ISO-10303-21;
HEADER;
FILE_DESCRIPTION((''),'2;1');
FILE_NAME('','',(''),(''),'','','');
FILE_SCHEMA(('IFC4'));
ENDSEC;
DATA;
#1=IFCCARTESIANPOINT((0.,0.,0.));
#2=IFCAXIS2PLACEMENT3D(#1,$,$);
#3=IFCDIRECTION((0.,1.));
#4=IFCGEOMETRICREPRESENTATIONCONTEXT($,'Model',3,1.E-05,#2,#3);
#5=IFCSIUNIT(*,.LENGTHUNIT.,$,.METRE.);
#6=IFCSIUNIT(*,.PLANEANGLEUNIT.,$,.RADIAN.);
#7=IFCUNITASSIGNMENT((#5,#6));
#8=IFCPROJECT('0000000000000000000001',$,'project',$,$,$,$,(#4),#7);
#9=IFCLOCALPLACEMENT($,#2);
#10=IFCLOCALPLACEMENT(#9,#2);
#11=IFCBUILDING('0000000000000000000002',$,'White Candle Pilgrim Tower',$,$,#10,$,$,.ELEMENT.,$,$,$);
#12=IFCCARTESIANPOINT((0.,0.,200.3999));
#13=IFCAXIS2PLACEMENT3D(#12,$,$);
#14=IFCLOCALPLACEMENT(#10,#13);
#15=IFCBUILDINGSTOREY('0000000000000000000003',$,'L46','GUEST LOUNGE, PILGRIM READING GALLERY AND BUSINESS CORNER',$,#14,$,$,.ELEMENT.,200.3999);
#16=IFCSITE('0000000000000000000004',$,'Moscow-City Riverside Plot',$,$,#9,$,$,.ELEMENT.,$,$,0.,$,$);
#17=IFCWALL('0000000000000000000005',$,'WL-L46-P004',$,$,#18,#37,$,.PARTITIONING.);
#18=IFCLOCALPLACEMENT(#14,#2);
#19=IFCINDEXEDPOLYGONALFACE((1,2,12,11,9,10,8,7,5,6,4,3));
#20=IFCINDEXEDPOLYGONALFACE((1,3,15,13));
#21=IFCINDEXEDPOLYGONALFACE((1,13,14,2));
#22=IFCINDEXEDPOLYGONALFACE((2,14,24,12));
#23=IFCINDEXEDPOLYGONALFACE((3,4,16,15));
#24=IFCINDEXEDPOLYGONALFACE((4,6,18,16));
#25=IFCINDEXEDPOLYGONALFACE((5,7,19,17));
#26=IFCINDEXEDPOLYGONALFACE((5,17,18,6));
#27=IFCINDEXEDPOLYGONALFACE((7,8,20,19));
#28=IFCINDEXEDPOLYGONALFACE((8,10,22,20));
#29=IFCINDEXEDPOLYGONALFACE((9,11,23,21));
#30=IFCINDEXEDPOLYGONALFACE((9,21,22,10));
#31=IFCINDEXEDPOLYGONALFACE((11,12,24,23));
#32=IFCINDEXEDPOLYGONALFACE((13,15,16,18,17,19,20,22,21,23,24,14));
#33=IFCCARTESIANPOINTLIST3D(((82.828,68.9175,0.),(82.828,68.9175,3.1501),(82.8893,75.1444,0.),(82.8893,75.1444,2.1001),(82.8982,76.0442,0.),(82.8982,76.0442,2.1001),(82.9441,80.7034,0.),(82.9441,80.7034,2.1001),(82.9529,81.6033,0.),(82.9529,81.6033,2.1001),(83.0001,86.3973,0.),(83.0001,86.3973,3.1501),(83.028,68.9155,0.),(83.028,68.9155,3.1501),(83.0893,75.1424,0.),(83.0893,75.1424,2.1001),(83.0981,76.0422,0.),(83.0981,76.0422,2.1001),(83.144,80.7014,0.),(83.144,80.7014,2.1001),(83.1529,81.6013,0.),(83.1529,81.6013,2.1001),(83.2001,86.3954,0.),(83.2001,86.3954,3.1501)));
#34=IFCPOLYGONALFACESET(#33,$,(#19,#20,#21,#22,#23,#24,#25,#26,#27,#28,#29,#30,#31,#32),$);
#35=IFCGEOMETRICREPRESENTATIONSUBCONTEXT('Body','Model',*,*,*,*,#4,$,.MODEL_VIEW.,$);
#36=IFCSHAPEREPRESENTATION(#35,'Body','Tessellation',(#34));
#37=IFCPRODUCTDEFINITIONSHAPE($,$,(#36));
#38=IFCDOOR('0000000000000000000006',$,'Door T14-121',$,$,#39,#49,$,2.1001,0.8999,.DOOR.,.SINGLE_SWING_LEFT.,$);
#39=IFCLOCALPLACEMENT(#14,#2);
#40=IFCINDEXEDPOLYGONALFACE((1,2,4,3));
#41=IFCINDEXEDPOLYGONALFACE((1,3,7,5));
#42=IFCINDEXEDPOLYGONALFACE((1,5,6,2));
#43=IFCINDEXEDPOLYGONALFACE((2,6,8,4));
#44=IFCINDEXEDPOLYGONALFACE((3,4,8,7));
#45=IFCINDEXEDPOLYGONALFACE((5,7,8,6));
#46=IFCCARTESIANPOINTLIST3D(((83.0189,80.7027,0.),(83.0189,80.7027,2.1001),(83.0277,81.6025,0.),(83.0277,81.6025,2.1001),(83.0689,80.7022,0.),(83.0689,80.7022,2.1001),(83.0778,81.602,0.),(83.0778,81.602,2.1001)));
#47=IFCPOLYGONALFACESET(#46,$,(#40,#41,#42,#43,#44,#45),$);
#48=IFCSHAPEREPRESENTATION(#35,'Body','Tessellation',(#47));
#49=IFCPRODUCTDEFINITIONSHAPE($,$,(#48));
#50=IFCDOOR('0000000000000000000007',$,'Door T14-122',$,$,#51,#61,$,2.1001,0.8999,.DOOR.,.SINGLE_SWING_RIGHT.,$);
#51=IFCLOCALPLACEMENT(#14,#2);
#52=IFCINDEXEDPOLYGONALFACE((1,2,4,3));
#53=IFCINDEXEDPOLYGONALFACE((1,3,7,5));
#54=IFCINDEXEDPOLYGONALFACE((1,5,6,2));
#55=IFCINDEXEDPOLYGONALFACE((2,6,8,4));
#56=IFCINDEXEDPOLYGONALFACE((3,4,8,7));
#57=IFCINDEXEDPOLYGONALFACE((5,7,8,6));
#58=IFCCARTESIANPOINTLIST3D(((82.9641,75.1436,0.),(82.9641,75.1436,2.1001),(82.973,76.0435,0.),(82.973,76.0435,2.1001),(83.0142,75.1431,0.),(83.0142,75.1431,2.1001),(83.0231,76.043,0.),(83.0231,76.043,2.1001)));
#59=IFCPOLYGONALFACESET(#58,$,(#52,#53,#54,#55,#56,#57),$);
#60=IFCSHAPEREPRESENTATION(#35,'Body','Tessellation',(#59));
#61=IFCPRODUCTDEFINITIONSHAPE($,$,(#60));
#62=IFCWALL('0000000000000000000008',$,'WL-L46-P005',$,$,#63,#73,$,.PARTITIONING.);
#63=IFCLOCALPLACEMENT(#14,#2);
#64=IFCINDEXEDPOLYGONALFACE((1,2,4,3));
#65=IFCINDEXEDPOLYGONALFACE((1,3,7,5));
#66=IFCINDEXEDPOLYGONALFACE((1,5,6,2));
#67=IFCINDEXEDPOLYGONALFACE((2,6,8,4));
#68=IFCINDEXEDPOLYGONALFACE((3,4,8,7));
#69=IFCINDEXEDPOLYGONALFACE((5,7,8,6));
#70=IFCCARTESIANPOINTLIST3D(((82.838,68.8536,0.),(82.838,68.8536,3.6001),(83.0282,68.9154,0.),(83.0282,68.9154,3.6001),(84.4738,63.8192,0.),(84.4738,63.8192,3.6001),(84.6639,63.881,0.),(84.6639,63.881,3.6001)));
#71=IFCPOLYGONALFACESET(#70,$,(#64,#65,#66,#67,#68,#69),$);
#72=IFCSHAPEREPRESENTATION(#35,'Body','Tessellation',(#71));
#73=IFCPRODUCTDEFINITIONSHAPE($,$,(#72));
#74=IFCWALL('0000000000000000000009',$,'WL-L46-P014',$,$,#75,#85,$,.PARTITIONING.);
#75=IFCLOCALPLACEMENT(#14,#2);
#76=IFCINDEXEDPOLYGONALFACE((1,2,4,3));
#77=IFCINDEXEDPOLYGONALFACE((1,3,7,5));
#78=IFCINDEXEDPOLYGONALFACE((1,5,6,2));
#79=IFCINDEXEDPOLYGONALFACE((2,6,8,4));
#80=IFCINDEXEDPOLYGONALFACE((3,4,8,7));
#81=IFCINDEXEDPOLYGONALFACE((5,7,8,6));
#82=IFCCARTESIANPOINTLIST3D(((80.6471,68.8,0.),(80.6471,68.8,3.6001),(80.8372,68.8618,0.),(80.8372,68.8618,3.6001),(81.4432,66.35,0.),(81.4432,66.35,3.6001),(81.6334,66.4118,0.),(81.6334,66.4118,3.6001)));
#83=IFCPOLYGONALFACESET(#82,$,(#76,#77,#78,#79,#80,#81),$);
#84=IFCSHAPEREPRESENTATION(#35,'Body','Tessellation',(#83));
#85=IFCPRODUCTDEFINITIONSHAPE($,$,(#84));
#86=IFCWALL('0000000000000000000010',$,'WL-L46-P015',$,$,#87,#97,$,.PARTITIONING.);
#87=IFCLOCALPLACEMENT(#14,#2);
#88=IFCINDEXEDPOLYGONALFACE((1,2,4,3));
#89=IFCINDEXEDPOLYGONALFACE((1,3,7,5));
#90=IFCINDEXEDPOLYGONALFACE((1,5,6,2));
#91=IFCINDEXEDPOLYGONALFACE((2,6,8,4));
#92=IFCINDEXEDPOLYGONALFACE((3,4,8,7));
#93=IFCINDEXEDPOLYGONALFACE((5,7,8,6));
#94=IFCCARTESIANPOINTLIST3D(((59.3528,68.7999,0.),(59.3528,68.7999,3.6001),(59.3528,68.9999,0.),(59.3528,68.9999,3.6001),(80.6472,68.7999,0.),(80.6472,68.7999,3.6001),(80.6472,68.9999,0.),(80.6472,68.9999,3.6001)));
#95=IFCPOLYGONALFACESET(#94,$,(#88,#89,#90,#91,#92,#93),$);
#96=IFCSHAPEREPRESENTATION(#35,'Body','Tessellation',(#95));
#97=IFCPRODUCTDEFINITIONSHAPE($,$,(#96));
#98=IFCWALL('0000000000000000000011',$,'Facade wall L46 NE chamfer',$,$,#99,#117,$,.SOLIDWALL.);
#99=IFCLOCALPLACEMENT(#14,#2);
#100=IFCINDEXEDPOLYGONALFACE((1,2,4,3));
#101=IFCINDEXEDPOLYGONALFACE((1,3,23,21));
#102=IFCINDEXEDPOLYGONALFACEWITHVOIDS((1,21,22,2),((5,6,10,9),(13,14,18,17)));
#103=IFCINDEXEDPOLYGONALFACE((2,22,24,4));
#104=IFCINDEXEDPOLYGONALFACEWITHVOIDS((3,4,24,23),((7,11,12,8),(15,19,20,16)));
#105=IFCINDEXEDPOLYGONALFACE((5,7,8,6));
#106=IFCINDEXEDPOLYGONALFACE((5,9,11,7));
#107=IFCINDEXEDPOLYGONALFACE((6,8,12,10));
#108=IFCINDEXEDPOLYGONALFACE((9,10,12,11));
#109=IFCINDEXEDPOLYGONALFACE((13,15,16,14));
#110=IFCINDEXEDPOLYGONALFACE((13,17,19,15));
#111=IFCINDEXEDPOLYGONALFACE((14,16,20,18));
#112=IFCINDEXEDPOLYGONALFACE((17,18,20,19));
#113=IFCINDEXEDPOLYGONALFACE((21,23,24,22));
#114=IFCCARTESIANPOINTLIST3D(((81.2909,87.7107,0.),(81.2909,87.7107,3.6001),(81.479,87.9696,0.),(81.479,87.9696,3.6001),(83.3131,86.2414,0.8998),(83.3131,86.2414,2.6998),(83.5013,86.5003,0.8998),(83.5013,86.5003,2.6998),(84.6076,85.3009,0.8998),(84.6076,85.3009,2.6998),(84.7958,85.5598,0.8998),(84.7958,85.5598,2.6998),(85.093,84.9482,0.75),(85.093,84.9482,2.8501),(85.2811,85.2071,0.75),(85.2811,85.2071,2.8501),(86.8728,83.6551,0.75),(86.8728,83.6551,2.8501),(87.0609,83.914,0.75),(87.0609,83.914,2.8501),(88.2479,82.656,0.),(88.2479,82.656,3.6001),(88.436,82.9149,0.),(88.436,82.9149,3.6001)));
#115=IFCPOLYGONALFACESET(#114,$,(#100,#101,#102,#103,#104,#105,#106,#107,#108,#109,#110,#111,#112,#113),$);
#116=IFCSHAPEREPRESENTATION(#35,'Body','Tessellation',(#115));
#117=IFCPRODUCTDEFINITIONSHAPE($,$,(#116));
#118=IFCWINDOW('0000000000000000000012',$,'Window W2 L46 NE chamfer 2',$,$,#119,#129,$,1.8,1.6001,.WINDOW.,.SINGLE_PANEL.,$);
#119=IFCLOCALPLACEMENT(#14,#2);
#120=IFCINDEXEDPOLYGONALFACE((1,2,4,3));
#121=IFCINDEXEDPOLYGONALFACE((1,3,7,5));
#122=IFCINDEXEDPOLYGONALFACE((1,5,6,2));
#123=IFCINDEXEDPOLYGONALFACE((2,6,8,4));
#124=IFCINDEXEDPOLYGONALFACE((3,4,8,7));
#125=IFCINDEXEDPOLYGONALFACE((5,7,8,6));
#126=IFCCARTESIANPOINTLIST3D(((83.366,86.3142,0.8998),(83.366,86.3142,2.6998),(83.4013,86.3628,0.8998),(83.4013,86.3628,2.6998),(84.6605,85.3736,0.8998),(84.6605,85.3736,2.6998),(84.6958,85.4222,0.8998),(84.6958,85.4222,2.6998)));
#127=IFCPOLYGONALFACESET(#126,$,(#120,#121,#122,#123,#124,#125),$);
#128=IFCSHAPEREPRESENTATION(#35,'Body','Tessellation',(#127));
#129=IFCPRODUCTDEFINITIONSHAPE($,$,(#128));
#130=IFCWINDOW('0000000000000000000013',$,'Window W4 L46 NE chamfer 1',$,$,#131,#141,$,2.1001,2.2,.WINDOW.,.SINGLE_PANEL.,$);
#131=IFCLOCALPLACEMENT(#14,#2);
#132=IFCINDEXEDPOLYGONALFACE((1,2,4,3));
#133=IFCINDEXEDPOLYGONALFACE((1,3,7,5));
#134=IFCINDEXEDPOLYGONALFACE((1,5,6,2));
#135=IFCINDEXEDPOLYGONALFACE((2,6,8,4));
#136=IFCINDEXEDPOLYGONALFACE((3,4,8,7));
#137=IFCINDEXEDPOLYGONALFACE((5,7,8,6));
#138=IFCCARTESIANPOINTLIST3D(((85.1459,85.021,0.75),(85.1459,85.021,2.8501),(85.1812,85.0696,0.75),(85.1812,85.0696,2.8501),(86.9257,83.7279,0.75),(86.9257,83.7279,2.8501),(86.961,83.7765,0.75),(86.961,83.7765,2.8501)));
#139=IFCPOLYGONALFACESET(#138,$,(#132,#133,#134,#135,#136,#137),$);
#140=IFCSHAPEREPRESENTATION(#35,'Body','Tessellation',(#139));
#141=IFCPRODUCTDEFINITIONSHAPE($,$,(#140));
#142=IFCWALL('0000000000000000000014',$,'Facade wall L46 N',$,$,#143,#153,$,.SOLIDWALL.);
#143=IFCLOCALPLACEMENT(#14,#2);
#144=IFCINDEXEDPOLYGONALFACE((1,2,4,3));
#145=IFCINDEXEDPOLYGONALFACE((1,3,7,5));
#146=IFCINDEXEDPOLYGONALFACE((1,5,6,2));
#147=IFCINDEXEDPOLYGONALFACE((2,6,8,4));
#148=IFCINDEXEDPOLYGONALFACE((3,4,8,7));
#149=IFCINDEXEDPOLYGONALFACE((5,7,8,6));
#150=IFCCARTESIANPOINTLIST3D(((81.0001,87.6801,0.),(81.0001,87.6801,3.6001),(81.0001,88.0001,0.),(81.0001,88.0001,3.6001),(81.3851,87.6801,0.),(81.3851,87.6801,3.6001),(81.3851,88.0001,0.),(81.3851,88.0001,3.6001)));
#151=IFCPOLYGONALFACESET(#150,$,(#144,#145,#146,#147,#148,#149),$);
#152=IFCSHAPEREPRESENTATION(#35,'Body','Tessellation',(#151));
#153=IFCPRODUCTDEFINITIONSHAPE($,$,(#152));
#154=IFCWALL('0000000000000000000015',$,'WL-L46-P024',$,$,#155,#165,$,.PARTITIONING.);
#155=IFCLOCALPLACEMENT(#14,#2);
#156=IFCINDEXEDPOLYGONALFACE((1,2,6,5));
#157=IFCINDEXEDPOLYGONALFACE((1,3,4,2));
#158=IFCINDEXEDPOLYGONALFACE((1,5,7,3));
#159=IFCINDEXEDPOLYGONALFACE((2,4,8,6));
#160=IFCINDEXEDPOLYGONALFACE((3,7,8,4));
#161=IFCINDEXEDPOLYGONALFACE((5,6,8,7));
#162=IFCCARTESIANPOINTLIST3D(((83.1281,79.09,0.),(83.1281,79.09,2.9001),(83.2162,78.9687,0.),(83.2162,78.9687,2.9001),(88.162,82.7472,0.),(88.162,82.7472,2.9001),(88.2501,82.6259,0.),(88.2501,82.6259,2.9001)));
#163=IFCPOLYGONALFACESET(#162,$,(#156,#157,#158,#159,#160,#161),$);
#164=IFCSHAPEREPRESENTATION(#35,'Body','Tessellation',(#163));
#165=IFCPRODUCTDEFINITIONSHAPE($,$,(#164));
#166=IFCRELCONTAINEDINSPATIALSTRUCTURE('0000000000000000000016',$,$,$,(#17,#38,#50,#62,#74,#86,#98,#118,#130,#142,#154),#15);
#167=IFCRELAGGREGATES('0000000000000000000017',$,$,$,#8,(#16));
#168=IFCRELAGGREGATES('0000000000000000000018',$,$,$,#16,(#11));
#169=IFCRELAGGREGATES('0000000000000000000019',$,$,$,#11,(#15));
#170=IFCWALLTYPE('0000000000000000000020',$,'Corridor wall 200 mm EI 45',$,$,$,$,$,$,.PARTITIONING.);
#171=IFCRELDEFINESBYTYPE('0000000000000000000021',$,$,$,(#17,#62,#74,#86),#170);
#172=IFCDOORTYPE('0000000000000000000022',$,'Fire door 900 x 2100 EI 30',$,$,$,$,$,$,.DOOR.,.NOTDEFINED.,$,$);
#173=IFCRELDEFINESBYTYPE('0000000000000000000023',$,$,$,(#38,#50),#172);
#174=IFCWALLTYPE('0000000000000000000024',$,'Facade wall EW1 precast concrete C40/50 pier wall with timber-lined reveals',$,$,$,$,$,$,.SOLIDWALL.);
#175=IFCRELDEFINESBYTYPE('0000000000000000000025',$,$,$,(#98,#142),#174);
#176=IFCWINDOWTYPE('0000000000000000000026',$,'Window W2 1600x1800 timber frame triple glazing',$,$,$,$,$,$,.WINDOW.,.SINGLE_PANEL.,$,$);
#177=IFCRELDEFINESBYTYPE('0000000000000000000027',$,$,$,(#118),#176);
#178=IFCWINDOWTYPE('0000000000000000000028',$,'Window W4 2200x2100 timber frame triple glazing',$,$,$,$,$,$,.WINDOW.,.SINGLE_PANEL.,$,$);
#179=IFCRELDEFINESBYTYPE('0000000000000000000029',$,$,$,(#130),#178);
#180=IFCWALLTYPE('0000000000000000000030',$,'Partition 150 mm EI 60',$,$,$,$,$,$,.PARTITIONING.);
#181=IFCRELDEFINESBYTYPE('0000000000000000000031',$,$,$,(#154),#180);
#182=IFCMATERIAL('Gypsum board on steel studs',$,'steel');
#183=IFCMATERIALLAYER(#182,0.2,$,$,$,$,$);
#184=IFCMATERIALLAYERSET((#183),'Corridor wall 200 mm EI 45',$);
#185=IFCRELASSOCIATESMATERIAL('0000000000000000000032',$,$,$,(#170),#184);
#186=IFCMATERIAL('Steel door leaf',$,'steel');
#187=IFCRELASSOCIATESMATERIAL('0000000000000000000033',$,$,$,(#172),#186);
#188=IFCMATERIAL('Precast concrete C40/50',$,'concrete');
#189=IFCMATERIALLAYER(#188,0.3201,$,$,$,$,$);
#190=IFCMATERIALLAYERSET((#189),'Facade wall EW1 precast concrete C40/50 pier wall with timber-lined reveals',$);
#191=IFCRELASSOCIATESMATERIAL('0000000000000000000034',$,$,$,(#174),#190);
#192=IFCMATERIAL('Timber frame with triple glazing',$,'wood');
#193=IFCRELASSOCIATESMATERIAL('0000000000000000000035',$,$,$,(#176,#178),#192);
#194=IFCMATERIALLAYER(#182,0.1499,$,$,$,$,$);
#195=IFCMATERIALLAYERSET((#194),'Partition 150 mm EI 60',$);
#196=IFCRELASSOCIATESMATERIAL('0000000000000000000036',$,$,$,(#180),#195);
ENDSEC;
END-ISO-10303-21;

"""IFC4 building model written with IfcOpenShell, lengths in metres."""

from ifc_helpers import new_model, si_unit, direction, frame, frame_2d, origin, place, context, subcontext, project, spatial, rectangle, extrude, material, layer, layer_set, type_object, element, fill, save


model = new_model("IFC4")

# Units and contexts
model_context = context("Model", 3, precision=1e-05, world=origin(), true_north=direction((0.0, 1.0)))
body_context = subcontext(model_context, "Body", "Model", "MODEL_VIEW")
ifc_project = project(units=[si_unit("LENGTHUNIT", "METRE"), si_unit("PLANEANGLEUNIT", "RADIAN")], contexts=[model_context])

# Site, building, storey
site_placement = place(None, origin())
site = spatial("IfcSite", under=ifc_project, at=site_placement, Name="Moscow-City Riverside Plot", CompositionType="ELEMENT", RefElevation=0.0)
building_placement = place(site_placement, origin())
building = spatial("IfcBuilding", under=site, at=building_placement, Name="White Candle Pilgrim Tower", CompositionType="ELEMENT")
storey_placement = place(building_placement, frame((0.0, 0.0, 200.3999)))
storey = spatial("IfcBuildingStorey", under=building, at=storey_placement, Name="L46", Description="GUEST LOUNGE, PILGRIM READING GALLERY AND BUSINESS CORNER", CompositionType="ELEMENT", Elevation=200.3999)

# Shared definitions
ifc_material_1 = material(Name="Steel door leaf", Category="steel")

# Wall, openings, doors
ifc_material_2 = material(Name="Gypsum board on steel studs", Category="steel")
ifc_layer_1 = layer(ifc_material_2, 0.2)
ifc_layer_set_1 = layer_set([ifc_layer_1], Name="Corridor wall 200 mm EI 45")
wall_type_1 = type_object("IfcWallType", Name="Corridor wall 200 mm EI 45", PredefinedType="PARTITIONING", material=ifc_layer_set_1)
wall_1_placement = place(storey_placement, frame((83.1001, 86.3962, 0.0), z_axis=(0.0, 0.0, 1.0), x_axis=(-0.009846, -0.999952, 0.0)))
wall_1 = element("IfcWall", 1, at=wall_1_placement, inside=storey, type_object=wall_type_1, Name="WL-L46-P004", PredefinedType="PARTITIONING", context=body_context, shape_type="SweptSolid", body=[
    extrude(rectangle(XDim=17.4807, YDim=0.2, at=frame_2d((8.7402, 0.0))), origin(), (0.0, 0.0, 1.0), 3.1501),
])
opening_1_placement = place(wall_1_placement, frame((4.7942, 0.0, 0.0)))
opening_1 = element("IfcOpeningElement", 2, at=opening_1_placement, cuts=wall_1, PredefinedType="OPENING", context=body_context, shape_type="SweptSolid", body=[
    extrude(rectangle(XDim=0.8999, YDim=2.1001, at=frame_2d((0.45, 1.05))), frame((0.0, 0.1099, 0.0), z_axis=(0.0, -1.0, 0.0), x_axis=(1.0, 0.0, 0.0)), (0.0, 0.0, 1.0), 0.22),
])
opening_2_placement = place(wall_1_placement, frame((10.3535, 0.0, 0.0)))
opening_2 = element("IfcOpeningElement", 3, at=opening_2_placement, cuts=wall_1, PredefinedType="OPENING", context=body_context, shape_type="SweptSolid", body=[
    extrude(rectangle(XDim=0.8999, YDim=2.1001, at=frame_2d((0.45, 1.05))), frame((0.0, 0.1099, 0.0), z_axis=(0.0, -1.0, 0.0), x_axis=(1.0, 0.0, 0.0)), (0.0, 0.0, 1.0), 0.22),
])
door_type_1 = type_object("IfcDoorType", Name="Fire door 900 x 2100 EI 30", OperationType="NOTDEFINED", PredefinedType="DOOR", material=ifc_material_1)
door_1_placement = place(opening_1_placement, origin())
door_1 = element("IfcDoor", 4, at=door_1_placement, inside=storey, type_object=door_type_1, Name="Door T14-121", OperationType="SINGLE_SWING_LEFT", OverallHeight=2.1001, OverallWidth=0.8999, PredefinedType="DOOR", context=body_context, shape_type="SweptSolid", body=[
    extrude(rectangle(XDim=0.8999, YDim=2.1001, at=frame_2d((0.45, 1.05))), frame((0.0, 0.0249, 0.0), z_axis=(0.0, -1.0, 0.0), x_axis=(1.0, 0.0, 0.0)), (0.0, 0.0, 1.0), 0.05),
])
fill(opening_1, door_1)
door_2_placement = place(opening_2_placement, origin())
door_2 = element("IfcDoor", 5, at=door_2_placement, inside=storey, type_object=door_type_1, Name="Door T14-122", OperationType="SINGLE_SWING_RIGHT", OverallHeight=2.1001, OverallWidth=0.8999, PredefinedType="DOOR", context=body_context, shape_type="SweptSolid", body=[
    extrude(rectangle(XDim=0.8999, YDim=2.1001, at=frame_2d((0.45, 1.05))), frame((0.0, 0.0249, 0.0), z_axis=(0.0, -1.0, 0.0), x_axis=(1.0, 0.0, 0.0)), (0.0, 0.0, 1.0), 0.05),
])
fill(opening_2, door_2)

# Walls
wall_2_placement = place(storey_placement, frame((82.9331, 68.8845, 0.0), z_axis=(0.0, 0.0, 1.0), x_axis=(0.30901, -0.951059, 0.0)))
element("IfcWall", 6, at=wall_2_placement, inside=storey, type_object=wall_type_1, Name="WL-L46-P005", PredefinedType="PARTITIONING", context=body_context, shape_type="SweptSolid", body=[
    extrude(rectangle(XDim=5.2935, YDim=0.2, at=frame_2d((2.6467, 0.0))), origin(), (0.0, 0.0, 1.0), 3.6001),
])
wall_3_placement = place(storey_placement, frame((81.5383, 66.3809, 0.0), z_axis=(0.0, 0.0, 1.0), x_axis=(-0.309054, 0.951045, 0.0)))
element("IfcWall", 7, at=wall_3_placement, inside=storey, type_object=wall_type_1, Name="WL-L46-P014", PredefinedType="PARTITIONING", context=body_context, shape_type="SweptSolid", body=[
    extrude(rectangle(XDim=2.5762, YDim=0.2, at=frame_2d((1.2881, 0.0))), origin(), (0.0, 0.0, 1.0), 3.6001),
])
wall_4_placement = place(storey_placement, frame((80.6472, 68.8999, 0.0), z_axis=(0.0, 0.0, 1.0), x_axis=(-1.0, 0.0, 0.0)))
element("IfcWall", 8, at=wall_4_placement, inside=storey, type_object=wall_type_1, Name="WL-L46-P015", PredefinedType="PARTITIONING", context=body_context, shape_type="SweptSolid", body=[
    extrude(rectangle(XDim=21.2944, YDim=0.2, at=frame_2d((10.6472, 0.0))), origin(), (0.0, 0.0, 1.0), 3.6001),
])

# Wall, openings, windows
ifc_material_3 = material(Name="Precast concrete C40/50", Category="concrete")
ifc_layer_2 = layer(ifc_material_3, 0.3201)
ifc_layer_set_2 = layer_set([ifc_layer_2], Name="Facade wall EW1 precast concrete C40/50 pier wall with timber-lined reveals")
wall_type_2 = type_object("IfcWallType", Name="Facade wall EW1 precast concrete C40/50 pier wall with timber-lined reveals", PredefinedType="SOLIDWALL", material=ifc_layer_set_2)
wall_5_placement = place(storey_placement, frame((88.342, 82.7854, 0.0), z_axis=(0.0, 0.0, 1.0), x_axis=(-0.809011, 0.587794, 0.0)))
wall_5 = element("IfcWall", 9, at=wall_5_placement, inside=storey, type_object=wall_type_2, Name="Facade wall L46 NE chamfer", PredefinedType="SOLIDWALL", context=body_context, shape_type="SweptSolid", body=[
    extrude(rectangle(XDim=8.5994, YDim=0.3201, at=frame_2d((4.2998, 0.0))), origin(), (0.0, 0.0, 1.0), 3.6001),
])
opening_3_placement = place(wall_5_placement, frame((1.6997, 0.0, 0.75)))
opening_3 = element("IfcOpeningElement", 10, at=opening_3_placement, cuts=wall_5, PredefinedType="OPENING", context=body_context, shape_type="SweptSolid", body=[
    extrude(rectangle(XDim=2.2, YDim=2.1001, at=frame_2d((1.1001, 1.05))), frame((0.0, 0.1699, 0.0), z_axis=(0.0, -1.0, 0.0), x_axis=(1.0, 0.0, 0.0)), (0.0, 0.0, 1.0), 0.3401),
])
opening_4_placement = place(wall_5_placement, frame((4.4998, 0.0, 0.8999)))
opening_4 = element("IfcOpeningElement", 11, at=opening_4_placement, cuts=wall_5, PredefinedType="OPENING", context=body_context, shape_type="SweptSolid", body=[
    extrude(rectangle(XDim=1.6001, YDim=1.8, at=frame_2d((0.8, 0.8999))), frame((0.0, 0.1699, 0.0), z_axis=(0.0, -1.0, 0.0), x_axis=(1.0, 0.0, 0.0)), (0.0, 0.0, 1.0), 0.3401),
])
ifc_material_4 = material(Name="Timber frame with triple glazing", Category="wood")
window_type_1 = type_object("IfcWindowType", Name="Window W2 1600x1800 timber frame triple glazing", PartitioningType="SINGLE_PANEL", PredefinedType="WINDOW", material=ifc_material_4)
window_1_placement = place(opening_4_placement, origin())
window_1 = element("IfcWindow", 12, at=window_1_placement, inside=storey, type_object=window_type_1, Name="Window W2 L46 NE chamfer 2", OverallHeight=1.8, OverallWidth=1.6001, PartitioningType="SINGLE_PANEL", PredefinedType="WINDOW", context=body_context, shape_type="SweptSolid", body=[
    extrude(rectangle(XDim=1.6001, YDim=1.8, at=frame_2d((0.8, 0.8999))), frame((0.0, 0.0701, 0.0), z_axis=(0.0, -1.0, 0.0), x_axis=(1.0, 0.0, 0.0)), (0.0, 0.0, 1.0), 0.0601),
])
fill(opening_4, window_1)
window_type_2 = type_object("IfcWindowType", Name="Window W4 2200x2100 timber frame triple glazing", PartitioningType="SINGLE_PANEL", PredefinedType="WINDOW", material=ifc_material_4)
window_2_placement = place(opening_3_placement, origin())
window_2 = element("IfcWindow", 13, at=window_2_placement, inside=storey, type_object=window_type_2, Name="Window W4 L46 NE chamfer 1", OverallHeight=2.1001, OverallWidth=2.2, PartitioningType="SINGLE_PANEL", PredefinedType="WINDOW", context=body_context, shape_type="SweptSolid", body=[
    extrude(rectangle(XDim=2.2, YDim=2.1001, at=frame_2d((1.1001, 1.05))), frame((0.0, 0.0701, 0.0), z_axis=(0.0, -1.0, 0.0), x_axis=(1.0, 0.0, 0.0)), (0.0, 0.0, 1.0), 0.0601),
])
fill(opening_3, window_2)

# Walls
wall_6_placement = place(storey_placement, frame((81.385, 87.8401, 0.0), z_axis=(0.0, 0.0, 1.0), x_axis=(-1.0, 0.0, 0.0)))
element("IfcWall", 14, at=wall_6_placement, inside=storey, type_object=wall_type_2, Name="Facade wall L46 N", PredefinedType="SOLIDWALL", context=body_context, shape_type="SweptSolid", body=[
    extrude(rectangle(XDim=0.385, YDim=0.3201, at=frame_2d((0.1924, 0.0))), origin(), (0.0, 0.0, 1.0), 3.6001),
])
ifc_layer_3 = layer(ifc_material_2, 0.1499)
ifc_layer_set_3 = layer_set([ifc_layer_3], Name="Partition 150 mm EI 60")
wall_type_3 = type_object("IfcWallType", Name="Partition 150 mm EI 60", PredefinedType="PARTITIONING", material=ifc_layer_set_3)
wall_7_placement = place(storey_placement, frame((88.2061, 82.6865, 0.0), z_axis=(0.0, 0.0, 1.0), x_axis=(-0.809028, -0.58777, 0.0)))
element("IfcWall", 15, at=wall_7_placement, inside=storey, type_object=wall_type_3, Name="WL-L46-P024", PredefinedType="PARTITIONING", context=body_context, shape_type="SweptSolid", body=[
    extrude(rectangle(XDim=6.2222, YDim=0.1499, at=frame_2d((3.1111, 0.0))), origin(), (0.0, 0.0, 1.0), 2.9001),
])

save(model, "model.ifc")
